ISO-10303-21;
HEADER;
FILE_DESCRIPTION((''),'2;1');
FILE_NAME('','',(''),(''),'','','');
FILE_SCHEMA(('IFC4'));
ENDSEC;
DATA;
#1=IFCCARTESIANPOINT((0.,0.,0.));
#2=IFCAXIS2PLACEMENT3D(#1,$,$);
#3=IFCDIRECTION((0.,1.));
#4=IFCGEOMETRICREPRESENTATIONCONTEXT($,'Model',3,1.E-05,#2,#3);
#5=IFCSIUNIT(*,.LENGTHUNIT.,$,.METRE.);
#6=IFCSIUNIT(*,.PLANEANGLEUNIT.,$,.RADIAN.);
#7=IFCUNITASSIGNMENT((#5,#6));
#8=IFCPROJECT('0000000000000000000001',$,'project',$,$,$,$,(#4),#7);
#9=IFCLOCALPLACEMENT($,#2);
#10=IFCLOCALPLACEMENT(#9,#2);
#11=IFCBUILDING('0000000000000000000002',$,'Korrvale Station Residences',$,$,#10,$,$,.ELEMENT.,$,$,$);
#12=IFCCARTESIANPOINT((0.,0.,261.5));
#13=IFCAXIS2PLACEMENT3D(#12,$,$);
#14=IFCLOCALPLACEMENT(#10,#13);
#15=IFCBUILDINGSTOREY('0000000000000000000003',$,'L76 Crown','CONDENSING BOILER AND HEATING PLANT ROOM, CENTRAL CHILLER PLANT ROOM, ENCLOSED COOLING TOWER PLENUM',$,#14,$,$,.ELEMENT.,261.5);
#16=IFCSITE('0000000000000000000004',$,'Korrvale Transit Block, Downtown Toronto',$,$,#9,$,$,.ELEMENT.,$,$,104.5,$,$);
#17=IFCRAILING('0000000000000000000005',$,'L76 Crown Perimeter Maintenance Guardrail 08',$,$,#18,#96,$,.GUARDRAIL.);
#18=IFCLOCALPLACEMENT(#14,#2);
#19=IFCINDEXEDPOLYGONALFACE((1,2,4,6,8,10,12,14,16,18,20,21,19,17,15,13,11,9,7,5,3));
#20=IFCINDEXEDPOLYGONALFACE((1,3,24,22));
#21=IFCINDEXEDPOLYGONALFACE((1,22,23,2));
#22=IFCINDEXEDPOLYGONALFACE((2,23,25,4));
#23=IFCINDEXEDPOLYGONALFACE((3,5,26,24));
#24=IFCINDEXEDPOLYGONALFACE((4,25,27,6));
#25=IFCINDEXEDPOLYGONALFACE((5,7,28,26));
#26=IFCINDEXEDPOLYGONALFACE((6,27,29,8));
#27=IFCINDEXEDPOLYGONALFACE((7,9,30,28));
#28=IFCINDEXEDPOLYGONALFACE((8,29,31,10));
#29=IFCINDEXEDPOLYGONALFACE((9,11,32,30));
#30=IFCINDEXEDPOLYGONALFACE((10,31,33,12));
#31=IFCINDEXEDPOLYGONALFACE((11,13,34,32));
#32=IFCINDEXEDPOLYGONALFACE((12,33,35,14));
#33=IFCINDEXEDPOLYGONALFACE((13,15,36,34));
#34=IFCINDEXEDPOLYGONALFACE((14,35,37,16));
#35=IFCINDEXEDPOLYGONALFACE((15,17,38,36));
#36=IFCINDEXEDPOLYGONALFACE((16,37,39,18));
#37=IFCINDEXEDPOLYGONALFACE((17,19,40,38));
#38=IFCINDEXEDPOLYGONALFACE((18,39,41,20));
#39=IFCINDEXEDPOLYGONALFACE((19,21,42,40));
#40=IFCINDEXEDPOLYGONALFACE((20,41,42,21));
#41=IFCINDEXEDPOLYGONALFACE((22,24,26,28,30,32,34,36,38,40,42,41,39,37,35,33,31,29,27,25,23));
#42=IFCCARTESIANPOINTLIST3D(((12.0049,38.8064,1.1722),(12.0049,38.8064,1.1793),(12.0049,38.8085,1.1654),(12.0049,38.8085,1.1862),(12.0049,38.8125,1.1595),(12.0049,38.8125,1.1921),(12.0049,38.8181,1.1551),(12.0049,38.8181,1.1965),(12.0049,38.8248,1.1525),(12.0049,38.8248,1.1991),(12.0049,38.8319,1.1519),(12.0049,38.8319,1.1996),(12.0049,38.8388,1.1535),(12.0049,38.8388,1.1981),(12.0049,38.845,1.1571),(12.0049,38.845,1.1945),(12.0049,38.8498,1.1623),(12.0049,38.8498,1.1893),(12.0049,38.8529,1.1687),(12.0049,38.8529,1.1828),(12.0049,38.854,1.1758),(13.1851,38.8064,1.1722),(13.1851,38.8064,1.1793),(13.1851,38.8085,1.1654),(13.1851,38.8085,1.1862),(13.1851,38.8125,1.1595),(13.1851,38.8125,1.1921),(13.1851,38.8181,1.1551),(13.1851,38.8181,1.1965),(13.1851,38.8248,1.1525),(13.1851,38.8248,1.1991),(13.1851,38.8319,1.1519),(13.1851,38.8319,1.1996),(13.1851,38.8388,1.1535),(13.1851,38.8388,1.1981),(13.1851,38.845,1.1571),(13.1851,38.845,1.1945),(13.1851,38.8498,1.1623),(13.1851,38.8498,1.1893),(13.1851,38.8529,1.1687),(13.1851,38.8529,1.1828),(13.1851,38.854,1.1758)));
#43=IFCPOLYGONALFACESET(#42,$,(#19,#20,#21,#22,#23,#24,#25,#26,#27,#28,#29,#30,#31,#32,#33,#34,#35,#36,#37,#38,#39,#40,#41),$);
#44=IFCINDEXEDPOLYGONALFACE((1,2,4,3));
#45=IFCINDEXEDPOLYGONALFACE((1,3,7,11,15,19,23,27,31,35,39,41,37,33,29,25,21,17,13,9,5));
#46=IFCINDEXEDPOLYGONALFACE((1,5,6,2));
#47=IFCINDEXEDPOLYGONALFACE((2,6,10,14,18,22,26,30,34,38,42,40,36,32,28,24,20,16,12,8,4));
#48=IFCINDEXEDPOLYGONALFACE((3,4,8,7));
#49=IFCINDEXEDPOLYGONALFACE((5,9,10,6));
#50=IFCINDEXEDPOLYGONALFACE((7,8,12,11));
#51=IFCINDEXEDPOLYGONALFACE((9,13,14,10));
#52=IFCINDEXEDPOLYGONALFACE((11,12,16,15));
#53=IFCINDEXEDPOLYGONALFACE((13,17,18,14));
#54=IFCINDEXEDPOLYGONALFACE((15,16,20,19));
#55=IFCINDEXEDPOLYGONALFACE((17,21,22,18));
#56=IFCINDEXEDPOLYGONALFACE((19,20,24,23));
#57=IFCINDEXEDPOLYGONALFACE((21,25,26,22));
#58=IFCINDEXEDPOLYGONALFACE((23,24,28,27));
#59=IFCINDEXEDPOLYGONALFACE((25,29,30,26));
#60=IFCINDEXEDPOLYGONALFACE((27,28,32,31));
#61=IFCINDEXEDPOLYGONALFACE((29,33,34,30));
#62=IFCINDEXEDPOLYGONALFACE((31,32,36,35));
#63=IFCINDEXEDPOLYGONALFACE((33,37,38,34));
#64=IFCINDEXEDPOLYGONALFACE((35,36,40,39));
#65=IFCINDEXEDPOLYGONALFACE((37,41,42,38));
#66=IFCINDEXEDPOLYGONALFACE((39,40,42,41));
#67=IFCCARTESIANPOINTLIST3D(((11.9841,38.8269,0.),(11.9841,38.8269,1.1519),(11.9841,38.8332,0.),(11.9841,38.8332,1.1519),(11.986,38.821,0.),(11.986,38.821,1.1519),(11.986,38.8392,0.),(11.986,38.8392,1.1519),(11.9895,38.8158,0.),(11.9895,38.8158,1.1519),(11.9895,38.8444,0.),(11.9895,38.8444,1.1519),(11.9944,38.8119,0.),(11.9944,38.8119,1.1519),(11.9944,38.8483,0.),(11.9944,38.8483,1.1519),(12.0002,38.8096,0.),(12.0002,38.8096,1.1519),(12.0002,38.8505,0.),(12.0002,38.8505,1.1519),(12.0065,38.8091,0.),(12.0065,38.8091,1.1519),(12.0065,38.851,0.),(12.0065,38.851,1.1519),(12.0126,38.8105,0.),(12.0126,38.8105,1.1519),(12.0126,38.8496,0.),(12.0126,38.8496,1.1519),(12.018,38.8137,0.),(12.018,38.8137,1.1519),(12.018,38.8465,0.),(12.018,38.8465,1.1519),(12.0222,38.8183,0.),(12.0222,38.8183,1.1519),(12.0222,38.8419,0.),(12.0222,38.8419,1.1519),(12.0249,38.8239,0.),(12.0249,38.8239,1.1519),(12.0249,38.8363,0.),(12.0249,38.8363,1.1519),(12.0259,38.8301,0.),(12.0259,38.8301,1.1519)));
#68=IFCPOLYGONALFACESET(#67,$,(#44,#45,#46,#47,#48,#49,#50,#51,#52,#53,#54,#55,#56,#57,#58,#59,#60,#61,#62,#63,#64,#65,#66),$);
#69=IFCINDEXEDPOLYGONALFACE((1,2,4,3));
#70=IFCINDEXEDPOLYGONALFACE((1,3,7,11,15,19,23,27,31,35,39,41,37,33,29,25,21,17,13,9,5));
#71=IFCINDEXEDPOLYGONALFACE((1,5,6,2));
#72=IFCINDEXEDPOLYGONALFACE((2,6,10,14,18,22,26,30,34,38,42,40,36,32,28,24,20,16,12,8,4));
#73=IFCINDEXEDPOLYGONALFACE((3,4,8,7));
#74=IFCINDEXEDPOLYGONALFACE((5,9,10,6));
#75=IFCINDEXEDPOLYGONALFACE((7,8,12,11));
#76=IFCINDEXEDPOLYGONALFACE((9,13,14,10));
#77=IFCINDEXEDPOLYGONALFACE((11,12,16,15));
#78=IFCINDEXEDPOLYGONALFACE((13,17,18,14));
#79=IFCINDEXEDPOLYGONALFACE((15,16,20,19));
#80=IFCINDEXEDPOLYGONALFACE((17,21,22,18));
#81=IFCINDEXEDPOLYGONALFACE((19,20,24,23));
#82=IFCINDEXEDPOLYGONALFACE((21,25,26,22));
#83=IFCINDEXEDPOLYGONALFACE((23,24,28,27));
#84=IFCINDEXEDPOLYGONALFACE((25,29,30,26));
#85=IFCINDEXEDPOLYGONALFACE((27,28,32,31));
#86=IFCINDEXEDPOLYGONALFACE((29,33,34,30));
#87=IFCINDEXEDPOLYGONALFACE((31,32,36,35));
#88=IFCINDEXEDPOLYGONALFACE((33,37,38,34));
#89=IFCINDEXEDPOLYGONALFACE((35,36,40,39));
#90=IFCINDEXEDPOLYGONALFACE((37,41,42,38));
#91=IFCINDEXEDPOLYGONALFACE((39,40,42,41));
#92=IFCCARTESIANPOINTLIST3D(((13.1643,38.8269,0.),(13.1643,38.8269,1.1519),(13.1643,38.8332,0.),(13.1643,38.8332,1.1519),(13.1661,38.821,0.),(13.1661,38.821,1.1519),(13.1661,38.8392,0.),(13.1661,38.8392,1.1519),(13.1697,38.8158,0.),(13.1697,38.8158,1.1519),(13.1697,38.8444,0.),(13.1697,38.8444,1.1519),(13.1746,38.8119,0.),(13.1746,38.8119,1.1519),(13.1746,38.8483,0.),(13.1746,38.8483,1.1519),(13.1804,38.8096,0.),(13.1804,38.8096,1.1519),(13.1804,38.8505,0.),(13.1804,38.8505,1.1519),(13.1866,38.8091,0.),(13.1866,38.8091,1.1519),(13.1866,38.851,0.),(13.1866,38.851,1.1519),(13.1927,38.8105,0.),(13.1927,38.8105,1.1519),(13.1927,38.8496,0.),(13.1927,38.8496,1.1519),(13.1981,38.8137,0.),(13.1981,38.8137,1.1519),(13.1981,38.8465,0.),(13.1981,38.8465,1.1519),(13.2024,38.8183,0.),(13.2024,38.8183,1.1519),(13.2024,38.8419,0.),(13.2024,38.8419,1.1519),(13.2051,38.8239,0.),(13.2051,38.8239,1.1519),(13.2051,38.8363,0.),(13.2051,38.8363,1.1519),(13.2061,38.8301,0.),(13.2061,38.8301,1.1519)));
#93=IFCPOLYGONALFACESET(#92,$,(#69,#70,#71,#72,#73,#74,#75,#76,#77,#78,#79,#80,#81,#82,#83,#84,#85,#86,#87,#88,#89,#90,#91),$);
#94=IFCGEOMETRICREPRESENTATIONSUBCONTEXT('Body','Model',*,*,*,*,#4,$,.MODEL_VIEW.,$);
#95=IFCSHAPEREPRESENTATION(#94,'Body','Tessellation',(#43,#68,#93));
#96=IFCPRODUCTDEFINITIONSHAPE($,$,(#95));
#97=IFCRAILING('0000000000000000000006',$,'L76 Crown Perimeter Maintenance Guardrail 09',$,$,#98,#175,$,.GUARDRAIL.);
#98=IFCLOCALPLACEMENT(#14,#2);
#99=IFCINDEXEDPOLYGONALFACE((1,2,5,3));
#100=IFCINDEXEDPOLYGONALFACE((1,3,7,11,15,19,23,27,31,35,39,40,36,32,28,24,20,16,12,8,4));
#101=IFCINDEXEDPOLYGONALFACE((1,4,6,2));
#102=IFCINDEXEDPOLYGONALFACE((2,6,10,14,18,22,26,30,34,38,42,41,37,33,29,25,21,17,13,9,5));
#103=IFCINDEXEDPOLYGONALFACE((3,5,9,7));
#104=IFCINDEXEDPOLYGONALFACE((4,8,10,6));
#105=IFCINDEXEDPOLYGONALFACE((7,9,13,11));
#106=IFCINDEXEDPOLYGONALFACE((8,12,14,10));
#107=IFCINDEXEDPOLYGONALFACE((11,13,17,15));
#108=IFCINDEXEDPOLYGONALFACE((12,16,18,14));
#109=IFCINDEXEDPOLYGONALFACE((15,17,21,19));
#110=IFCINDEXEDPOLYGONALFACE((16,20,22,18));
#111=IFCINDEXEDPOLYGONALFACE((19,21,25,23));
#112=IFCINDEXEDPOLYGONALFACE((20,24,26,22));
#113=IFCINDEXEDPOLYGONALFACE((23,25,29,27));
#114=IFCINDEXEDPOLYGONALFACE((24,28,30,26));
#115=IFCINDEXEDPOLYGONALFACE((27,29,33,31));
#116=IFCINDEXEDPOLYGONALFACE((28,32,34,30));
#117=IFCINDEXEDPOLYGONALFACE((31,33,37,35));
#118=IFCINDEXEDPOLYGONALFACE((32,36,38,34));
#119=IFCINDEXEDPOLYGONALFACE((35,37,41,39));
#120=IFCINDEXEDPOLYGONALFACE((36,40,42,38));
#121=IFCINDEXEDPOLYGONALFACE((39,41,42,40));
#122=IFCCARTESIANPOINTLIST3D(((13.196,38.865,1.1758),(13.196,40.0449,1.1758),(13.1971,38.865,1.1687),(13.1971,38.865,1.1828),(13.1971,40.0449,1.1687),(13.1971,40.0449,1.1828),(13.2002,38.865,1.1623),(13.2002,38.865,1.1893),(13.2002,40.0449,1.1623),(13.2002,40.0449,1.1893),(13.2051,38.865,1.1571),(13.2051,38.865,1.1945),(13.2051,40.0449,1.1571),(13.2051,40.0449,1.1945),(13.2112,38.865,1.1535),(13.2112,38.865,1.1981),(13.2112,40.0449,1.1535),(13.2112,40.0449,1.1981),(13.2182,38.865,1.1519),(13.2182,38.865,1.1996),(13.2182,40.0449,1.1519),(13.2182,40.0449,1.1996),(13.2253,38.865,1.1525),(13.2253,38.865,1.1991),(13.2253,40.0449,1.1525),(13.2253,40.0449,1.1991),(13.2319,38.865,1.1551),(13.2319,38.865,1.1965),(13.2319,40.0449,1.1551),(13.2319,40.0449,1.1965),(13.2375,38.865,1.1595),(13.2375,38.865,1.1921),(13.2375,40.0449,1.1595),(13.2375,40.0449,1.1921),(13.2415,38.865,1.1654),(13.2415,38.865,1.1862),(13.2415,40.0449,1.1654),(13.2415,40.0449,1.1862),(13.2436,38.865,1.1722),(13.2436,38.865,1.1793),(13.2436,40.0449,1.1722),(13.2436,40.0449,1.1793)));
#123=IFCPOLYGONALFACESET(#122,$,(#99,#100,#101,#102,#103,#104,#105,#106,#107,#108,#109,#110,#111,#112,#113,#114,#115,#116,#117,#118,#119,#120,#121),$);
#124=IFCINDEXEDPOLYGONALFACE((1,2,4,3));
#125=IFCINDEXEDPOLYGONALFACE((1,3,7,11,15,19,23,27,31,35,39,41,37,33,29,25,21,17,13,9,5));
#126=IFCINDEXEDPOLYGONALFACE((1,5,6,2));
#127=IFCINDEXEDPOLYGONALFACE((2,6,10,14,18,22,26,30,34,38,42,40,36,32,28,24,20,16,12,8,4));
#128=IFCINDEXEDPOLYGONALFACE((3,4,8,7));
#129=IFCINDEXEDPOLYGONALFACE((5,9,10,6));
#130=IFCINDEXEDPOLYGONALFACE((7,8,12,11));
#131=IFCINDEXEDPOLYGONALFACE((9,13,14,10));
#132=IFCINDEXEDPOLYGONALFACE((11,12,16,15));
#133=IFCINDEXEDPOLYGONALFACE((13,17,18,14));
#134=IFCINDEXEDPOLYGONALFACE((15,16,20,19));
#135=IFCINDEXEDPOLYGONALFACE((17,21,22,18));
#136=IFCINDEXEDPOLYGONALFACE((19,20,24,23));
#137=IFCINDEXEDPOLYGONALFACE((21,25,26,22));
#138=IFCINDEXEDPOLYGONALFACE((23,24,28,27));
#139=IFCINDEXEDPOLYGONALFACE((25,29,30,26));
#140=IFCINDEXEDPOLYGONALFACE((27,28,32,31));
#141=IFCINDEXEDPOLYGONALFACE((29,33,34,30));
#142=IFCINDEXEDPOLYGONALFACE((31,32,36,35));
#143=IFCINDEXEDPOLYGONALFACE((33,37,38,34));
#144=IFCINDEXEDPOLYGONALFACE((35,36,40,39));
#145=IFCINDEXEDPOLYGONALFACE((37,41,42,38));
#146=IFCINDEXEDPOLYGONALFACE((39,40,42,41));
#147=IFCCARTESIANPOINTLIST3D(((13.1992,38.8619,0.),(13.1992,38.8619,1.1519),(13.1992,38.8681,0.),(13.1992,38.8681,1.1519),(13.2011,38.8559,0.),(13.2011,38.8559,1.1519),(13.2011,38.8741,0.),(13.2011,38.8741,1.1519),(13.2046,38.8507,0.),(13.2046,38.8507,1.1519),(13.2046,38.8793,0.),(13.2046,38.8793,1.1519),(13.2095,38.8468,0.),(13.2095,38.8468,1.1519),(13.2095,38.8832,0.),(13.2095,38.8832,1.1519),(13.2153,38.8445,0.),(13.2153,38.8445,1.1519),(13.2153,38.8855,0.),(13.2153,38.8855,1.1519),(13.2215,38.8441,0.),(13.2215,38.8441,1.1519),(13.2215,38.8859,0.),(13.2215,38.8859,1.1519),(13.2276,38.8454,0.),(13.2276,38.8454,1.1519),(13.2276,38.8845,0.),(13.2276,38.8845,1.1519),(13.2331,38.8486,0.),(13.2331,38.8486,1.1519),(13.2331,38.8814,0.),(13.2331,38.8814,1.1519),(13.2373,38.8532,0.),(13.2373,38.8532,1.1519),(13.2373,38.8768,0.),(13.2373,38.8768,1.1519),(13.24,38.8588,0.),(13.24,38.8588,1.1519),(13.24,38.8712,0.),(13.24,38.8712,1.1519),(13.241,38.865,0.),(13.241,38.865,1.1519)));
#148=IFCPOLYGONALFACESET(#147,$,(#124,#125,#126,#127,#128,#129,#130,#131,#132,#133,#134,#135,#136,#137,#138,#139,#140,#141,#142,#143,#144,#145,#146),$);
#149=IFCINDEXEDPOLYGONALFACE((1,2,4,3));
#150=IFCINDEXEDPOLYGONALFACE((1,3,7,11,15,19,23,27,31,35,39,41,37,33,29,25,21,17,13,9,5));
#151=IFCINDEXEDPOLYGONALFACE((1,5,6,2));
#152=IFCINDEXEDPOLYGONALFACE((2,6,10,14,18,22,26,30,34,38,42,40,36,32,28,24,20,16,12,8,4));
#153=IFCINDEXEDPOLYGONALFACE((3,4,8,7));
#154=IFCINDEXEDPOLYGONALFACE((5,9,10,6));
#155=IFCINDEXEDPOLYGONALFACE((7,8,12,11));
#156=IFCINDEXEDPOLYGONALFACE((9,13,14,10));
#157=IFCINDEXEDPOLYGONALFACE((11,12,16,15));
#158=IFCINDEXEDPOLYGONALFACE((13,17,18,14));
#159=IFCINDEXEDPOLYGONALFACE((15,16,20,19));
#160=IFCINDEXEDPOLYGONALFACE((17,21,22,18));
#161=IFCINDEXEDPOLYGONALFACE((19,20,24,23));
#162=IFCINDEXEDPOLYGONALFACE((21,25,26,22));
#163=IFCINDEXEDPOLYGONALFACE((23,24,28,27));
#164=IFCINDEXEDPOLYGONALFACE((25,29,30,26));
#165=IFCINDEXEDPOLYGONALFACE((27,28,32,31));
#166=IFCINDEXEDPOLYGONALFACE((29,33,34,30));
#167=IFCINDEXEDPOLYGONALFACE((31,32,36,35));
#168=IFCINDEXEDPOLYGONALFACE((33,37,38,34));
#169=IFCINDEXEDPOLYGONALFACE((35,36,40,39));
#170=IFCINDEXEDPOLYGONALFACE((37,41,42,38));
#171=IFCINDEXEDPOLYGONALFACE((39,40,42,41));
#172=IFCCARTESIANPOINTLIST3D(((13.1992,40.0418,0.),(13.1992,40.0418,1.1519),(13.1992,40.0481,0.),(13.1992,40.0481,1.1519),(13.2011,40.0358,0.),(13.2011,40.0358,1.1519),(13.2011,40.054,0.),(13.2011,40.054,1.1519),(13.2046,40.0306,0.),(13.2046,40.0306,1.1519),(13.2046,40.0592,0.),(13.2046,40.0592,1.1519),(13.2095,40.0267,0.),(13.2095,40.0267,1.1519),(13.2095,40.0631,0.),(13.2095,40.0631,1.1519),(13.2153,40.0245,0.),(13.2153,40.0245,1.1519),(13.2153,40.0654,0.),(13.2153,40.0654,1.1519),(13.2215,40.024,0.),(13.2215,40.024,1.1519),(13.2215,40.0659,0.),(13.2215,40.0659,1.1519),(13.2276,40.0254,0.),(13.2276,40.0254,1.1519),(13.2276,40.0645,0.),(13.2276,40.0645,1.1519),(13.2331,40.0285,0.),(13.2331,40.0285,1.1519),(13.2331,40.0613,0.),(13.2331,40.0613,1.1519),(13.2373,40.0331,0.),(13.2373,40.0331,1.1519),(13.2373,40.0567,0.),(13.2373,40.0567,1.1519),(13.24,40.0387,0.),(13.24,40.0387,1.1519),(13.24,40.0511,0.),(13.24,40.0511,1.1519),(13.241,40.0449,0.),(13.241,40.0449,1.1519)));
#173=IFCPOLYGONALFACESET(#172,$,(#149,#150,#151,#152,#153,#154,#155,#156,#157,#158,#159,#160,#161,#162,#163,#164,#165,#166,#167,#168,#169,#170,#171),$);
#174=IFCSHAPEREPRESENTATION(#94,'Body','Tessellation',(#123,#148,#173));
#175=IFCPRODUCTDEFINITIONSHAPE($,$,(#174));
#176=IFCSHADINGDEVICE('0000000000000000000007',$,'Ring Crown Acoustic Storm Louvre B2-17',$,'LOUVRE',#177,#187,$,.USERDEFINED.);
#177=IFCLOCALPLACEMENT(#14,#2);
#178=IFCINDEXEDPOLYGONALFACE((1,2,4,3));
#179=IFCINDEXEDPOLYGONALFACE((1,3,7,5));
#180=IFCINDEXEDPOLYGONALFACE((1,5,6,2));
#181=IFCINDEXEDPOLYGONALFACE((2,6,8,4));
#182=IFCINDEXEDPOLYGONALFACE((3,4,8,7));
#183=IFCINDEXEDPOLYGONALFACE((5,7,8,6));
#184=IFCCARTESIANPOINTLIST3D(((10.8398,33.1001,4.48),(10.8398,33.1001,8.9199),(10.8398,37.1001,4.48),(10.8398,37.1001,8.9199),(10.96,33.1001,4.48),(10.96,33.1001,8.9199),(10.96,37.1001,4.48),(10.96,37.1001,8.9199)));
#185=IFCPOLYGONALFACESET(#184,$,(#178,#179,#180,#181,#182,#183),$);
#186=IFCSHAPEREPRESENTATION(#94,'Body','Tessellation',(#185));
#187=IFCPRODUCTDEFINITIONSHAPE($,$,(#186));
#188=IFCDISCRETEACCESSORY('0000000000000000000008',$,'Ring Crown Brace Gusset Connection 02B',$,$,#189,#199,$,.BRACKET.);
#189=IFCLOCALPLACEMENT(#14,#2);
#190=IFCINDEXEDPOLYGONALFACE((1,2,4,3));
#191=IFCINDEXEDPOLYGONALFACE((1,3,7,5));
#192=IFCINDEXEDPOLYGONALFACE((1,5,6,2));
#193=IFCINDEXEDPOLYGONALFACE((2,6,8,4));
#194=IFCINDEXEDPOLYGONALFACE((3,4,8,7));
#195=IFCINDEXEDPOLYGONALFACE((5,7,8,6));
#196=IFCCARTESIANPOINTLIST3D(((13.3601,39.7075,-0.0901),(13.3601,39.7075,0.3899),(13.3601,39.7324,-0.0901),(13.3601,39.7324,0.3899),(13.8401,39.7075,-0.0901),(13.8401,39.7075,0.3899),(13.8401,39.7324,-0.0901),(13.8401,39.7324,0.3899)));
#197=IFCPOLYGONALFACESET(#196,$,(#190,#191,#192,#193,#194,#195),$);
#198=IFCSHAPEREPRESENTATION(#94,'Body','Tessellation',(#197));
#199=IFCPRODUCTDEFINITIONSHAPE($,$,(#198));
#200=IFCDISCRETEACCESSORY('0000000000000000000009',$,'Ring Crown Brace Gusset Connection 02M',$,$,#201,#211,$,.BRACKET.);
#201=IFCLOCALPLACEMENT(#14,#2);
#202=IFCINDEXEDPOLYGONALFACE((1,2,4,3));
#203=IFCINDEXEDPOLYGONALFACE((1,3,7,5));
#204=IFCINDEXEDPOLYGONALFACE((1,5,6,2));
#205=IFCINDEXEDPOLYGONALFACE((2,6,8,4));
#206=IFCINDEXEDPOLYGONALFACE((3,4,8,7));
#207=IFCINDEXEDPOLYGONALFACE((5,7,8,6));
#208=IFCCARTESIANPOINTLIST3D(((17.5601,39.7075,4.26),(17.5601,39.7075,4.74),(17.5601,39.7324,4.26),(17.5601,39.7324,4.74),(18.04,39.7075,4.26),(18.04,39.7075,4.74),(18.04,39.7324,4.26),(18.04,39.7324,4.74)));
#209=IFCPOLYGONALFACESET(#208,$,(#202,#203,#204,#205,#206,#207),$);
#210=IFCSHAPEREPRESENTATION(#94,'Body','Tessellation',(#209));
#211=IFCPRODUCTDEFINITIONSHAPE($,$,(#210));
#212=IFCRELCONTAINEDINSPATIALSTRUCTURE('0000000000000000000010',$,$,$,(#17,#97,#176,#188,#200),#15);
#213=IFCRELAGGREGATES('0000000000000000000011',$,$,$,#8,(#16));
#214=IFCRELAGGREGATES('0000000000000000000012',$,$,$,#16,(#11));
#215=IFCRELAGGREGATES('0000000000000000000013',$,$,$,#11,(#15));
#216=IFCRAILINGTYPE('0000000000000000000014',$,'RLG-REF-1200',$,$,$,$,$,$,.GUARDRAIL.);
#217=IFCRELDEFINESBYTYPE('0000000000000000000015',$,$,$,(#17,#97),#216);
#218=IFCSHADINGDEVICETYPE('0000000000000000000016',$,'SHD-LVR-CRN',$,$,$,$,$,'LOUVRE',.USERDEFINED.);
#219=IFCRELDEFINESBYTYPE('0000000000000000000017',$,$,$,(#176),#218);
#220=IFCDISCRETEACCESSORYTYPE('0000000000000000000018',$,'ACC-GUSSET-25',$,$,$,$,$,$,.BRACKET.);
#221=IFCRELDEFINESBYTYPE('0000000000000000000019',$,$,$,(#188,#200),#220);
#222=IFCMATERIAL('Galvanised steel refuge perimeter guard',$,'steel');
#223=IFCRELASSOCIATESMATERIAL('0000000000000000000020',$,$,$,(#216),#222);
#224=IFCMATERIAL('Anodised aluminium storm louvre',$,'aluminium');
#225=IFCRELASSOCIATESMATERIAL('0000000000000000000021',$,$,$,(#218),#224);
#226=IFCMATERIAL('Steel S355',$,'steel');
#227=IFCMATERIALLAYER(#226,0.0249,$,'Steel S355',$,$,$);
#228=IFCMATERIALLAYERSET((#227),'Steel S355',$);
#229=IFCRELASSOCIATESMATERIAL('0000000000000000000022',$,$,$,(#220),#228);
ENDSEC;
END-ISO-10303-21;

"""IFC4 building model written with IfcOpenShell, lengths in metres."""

from ifc_helpers import new_model, si_unit, direction, frame, origin, origin_2d, place, context, subcontext, project, spatial, rectangle, circle, extrude, material, layer, layer_set, type_object, element, save


model = new_model("IFC4")

# Units and contexts
model_context = context("Model", 3, precision=1e-05, world=origin(), true_north=direction((0.0, 1.0)))
body_context = subcontext(model_context, "Body", "Model", "MODEL_VIEW")
ifc_project = project(units=[si_unit("LENGTHUNIT", "METRE"), si_unit("PLANEANGLEUNIT", "RADIAN")], contexts=[model_context])

# Site, building, storey
site_placement = place(None, origin())
site = spatial("IfcSite", under=ifc_project, at=site_placement, Name="Korrvale Transit Block, Downtown Toronto", CompositionType="ELEMENT", RefElevation=104.5)
building_placement = place(site_placement, origin())
building = spatial("IfcBuilding", under=site, at=building_placement, Name="Korrvale Station Residences", CompositionType="ELEMENT")
storey_placement = place(building_placement, frame((0.0, 0.0, 261.5)))
storey = spatial("IfcBuildingStorey", under=building, at=storey_placement, Name="L76 Crown", Description="CONDENSING BOILER AND HEATING PLANT ROOM, CENTRAL CHILLER PLANT ROOM, ENCLOSED COOLING TOWER PLENUM", CompositionType="ELEMENT", Elevation=261.5)

# Shared definitions
ifc_material_1 = material(Name="Steel S355", Category="steel")

# Railings
ifc_material_2 = material(Name="Galvanised steel refuge perimeter guard", Category="steel")
railing_type = type_object("IfcRailingType", Name="RLG-REF-1200", PredefinedType="GUARDRAIL", material=ifc_material_2)
railing_1_placement = place(storey_placement, frame((12.0049, 38.8301, 0.0)))
element("IfcRailing", 1, at=railing_1_placement, inside=storey, type_object=railing_type, Name="L76 Crown Perimeter Maintenance Guardrail 08", PredefinedType="GUARDRAIL", context=body_context, shape_type="SweptSolid", body=[
    extrude(circle(Radius=0.0239, at=origin_2d()), frame((0.0, 0.0, 1.1758), z_axis=(1.0, 0.0, 0.0), x_axis=(0.0, 1.0, 0.0)), (0.0, 0.0, 1.0), 1.1802),
    extrude(circle(Radius=0.021, at=origin_2d()), origin(), (0.0, 0.0, 1.0), 1.1519),
    extrude(circle(Radius=0.021, at=origin_2d()), frame((1.1802, 0.0, 0.0)), (0.0, 0.0, 1.0), 1.1519),
])
railing_2_placement = place(storey_placement, frame((13.22, 38.865, 0.0)))
element("IfcRailing", 2, at=railing_2_placement, inside=storey, type_object=railing_type, Name="L76 Crown Perimeter Maintenance Guardrail 09", PredefinedType="GUARDRAIL", context=body_context, shape_type="SweptSolid", body=[
    extrude(circle(Radius=0.0239, at=origin_2d()), frame((0.0, 0.0, 1.1758), z_axis=(0.0, 1.0, 0.0), x_axis=(-1.0, 0.0, 0.0)), (0.0, 0.0, 1.0), 1.1799),
    extrude(circle(Radius=0.021, at=origin_2d()), origin(), (0.0, 0.0, 1.0), 1.1519),
    extrude(circle(Radius=0.021, at=origin_2d()), frame((0.0, 1.1799, 0.0)), (0.0, 0.0, 1.0), 1.1519),
])

# Shading device
ifc_material_3 = material(Name="Anodised aluminium storm louvre", Category="aluminium")
shading_device_type = type_object("IfcShadingDeviceType", Name="SHD-LVR-CRN", ElementType="LOUVRE", PredefinedType="USERDEFINED", material=ifc_material_3)
shading_device_placement = place(storey_placement, frame((10.8999, 35.1001, 4.48), z_axis=(0.0, 0.0, 1.0), x_axis=(0.0, 1.0, 0.0)))
element("IfcShadingDevice", 3, at=shading_device_placement, inside=storey, type_object=shading_device_type, Name="Ring Crown Acoustic Storm Louvre B2-17", ObjectType="LOUVRE", PredefinedType="USERDEFINED", context=body_context, shape_type="SweptSolid", body=[
    extrude(rectangle(XDim=4.0, YDim=0.1201, at=origin_2d()), origin(), (0.0, 0.0, 1.0), 4.4399),
])

# Discrete accessories
ifc_layer_1 = layer(ifc_material_1, 0.0249, Name="Steel S355")
ifc_layer_set_1 = layer_set([ifc_layer_1], Name="Steel S355")
discrete_accessory_type = type_object("IfcDiscreteAccessoryType", Name="ACC-GUSSET-25", PredefinedType="BRACKET", material=ifc_layer_set_1)
for number, where, z_axis, x_axis, name in (
    (4, (13.6001, 39.72, -0.0901), (0.0, 0.0, 1.0), (1.0, 0.0, 0.0), "Ring Crown Brace Gusset Connection 02B"),
    (5, (17.8, 39.72, 4.26), (0.0, 0.0, 1.0), (1.0, 0.0, 0.0), "Ring Crown Brace Gusset Connection 02M"),
):
    element("IfcDiscreteAccessory", number, at=place(storey_placement, frame(where, z_axis=z_axis, x_axis=x_axis)), inside=storey, type_object=discrete_accessory_type, Name=name, PredefinedType="BRACKET", context=body_context, shape_type="SweptSolid", body=[
        extrude(rectangle(XDim=0.48, YDim=0.0249, at=origin_2d()), origin(), (0.0, 0.0, 1.0), 0.48),
    ])

save(model, "model.ifc")
